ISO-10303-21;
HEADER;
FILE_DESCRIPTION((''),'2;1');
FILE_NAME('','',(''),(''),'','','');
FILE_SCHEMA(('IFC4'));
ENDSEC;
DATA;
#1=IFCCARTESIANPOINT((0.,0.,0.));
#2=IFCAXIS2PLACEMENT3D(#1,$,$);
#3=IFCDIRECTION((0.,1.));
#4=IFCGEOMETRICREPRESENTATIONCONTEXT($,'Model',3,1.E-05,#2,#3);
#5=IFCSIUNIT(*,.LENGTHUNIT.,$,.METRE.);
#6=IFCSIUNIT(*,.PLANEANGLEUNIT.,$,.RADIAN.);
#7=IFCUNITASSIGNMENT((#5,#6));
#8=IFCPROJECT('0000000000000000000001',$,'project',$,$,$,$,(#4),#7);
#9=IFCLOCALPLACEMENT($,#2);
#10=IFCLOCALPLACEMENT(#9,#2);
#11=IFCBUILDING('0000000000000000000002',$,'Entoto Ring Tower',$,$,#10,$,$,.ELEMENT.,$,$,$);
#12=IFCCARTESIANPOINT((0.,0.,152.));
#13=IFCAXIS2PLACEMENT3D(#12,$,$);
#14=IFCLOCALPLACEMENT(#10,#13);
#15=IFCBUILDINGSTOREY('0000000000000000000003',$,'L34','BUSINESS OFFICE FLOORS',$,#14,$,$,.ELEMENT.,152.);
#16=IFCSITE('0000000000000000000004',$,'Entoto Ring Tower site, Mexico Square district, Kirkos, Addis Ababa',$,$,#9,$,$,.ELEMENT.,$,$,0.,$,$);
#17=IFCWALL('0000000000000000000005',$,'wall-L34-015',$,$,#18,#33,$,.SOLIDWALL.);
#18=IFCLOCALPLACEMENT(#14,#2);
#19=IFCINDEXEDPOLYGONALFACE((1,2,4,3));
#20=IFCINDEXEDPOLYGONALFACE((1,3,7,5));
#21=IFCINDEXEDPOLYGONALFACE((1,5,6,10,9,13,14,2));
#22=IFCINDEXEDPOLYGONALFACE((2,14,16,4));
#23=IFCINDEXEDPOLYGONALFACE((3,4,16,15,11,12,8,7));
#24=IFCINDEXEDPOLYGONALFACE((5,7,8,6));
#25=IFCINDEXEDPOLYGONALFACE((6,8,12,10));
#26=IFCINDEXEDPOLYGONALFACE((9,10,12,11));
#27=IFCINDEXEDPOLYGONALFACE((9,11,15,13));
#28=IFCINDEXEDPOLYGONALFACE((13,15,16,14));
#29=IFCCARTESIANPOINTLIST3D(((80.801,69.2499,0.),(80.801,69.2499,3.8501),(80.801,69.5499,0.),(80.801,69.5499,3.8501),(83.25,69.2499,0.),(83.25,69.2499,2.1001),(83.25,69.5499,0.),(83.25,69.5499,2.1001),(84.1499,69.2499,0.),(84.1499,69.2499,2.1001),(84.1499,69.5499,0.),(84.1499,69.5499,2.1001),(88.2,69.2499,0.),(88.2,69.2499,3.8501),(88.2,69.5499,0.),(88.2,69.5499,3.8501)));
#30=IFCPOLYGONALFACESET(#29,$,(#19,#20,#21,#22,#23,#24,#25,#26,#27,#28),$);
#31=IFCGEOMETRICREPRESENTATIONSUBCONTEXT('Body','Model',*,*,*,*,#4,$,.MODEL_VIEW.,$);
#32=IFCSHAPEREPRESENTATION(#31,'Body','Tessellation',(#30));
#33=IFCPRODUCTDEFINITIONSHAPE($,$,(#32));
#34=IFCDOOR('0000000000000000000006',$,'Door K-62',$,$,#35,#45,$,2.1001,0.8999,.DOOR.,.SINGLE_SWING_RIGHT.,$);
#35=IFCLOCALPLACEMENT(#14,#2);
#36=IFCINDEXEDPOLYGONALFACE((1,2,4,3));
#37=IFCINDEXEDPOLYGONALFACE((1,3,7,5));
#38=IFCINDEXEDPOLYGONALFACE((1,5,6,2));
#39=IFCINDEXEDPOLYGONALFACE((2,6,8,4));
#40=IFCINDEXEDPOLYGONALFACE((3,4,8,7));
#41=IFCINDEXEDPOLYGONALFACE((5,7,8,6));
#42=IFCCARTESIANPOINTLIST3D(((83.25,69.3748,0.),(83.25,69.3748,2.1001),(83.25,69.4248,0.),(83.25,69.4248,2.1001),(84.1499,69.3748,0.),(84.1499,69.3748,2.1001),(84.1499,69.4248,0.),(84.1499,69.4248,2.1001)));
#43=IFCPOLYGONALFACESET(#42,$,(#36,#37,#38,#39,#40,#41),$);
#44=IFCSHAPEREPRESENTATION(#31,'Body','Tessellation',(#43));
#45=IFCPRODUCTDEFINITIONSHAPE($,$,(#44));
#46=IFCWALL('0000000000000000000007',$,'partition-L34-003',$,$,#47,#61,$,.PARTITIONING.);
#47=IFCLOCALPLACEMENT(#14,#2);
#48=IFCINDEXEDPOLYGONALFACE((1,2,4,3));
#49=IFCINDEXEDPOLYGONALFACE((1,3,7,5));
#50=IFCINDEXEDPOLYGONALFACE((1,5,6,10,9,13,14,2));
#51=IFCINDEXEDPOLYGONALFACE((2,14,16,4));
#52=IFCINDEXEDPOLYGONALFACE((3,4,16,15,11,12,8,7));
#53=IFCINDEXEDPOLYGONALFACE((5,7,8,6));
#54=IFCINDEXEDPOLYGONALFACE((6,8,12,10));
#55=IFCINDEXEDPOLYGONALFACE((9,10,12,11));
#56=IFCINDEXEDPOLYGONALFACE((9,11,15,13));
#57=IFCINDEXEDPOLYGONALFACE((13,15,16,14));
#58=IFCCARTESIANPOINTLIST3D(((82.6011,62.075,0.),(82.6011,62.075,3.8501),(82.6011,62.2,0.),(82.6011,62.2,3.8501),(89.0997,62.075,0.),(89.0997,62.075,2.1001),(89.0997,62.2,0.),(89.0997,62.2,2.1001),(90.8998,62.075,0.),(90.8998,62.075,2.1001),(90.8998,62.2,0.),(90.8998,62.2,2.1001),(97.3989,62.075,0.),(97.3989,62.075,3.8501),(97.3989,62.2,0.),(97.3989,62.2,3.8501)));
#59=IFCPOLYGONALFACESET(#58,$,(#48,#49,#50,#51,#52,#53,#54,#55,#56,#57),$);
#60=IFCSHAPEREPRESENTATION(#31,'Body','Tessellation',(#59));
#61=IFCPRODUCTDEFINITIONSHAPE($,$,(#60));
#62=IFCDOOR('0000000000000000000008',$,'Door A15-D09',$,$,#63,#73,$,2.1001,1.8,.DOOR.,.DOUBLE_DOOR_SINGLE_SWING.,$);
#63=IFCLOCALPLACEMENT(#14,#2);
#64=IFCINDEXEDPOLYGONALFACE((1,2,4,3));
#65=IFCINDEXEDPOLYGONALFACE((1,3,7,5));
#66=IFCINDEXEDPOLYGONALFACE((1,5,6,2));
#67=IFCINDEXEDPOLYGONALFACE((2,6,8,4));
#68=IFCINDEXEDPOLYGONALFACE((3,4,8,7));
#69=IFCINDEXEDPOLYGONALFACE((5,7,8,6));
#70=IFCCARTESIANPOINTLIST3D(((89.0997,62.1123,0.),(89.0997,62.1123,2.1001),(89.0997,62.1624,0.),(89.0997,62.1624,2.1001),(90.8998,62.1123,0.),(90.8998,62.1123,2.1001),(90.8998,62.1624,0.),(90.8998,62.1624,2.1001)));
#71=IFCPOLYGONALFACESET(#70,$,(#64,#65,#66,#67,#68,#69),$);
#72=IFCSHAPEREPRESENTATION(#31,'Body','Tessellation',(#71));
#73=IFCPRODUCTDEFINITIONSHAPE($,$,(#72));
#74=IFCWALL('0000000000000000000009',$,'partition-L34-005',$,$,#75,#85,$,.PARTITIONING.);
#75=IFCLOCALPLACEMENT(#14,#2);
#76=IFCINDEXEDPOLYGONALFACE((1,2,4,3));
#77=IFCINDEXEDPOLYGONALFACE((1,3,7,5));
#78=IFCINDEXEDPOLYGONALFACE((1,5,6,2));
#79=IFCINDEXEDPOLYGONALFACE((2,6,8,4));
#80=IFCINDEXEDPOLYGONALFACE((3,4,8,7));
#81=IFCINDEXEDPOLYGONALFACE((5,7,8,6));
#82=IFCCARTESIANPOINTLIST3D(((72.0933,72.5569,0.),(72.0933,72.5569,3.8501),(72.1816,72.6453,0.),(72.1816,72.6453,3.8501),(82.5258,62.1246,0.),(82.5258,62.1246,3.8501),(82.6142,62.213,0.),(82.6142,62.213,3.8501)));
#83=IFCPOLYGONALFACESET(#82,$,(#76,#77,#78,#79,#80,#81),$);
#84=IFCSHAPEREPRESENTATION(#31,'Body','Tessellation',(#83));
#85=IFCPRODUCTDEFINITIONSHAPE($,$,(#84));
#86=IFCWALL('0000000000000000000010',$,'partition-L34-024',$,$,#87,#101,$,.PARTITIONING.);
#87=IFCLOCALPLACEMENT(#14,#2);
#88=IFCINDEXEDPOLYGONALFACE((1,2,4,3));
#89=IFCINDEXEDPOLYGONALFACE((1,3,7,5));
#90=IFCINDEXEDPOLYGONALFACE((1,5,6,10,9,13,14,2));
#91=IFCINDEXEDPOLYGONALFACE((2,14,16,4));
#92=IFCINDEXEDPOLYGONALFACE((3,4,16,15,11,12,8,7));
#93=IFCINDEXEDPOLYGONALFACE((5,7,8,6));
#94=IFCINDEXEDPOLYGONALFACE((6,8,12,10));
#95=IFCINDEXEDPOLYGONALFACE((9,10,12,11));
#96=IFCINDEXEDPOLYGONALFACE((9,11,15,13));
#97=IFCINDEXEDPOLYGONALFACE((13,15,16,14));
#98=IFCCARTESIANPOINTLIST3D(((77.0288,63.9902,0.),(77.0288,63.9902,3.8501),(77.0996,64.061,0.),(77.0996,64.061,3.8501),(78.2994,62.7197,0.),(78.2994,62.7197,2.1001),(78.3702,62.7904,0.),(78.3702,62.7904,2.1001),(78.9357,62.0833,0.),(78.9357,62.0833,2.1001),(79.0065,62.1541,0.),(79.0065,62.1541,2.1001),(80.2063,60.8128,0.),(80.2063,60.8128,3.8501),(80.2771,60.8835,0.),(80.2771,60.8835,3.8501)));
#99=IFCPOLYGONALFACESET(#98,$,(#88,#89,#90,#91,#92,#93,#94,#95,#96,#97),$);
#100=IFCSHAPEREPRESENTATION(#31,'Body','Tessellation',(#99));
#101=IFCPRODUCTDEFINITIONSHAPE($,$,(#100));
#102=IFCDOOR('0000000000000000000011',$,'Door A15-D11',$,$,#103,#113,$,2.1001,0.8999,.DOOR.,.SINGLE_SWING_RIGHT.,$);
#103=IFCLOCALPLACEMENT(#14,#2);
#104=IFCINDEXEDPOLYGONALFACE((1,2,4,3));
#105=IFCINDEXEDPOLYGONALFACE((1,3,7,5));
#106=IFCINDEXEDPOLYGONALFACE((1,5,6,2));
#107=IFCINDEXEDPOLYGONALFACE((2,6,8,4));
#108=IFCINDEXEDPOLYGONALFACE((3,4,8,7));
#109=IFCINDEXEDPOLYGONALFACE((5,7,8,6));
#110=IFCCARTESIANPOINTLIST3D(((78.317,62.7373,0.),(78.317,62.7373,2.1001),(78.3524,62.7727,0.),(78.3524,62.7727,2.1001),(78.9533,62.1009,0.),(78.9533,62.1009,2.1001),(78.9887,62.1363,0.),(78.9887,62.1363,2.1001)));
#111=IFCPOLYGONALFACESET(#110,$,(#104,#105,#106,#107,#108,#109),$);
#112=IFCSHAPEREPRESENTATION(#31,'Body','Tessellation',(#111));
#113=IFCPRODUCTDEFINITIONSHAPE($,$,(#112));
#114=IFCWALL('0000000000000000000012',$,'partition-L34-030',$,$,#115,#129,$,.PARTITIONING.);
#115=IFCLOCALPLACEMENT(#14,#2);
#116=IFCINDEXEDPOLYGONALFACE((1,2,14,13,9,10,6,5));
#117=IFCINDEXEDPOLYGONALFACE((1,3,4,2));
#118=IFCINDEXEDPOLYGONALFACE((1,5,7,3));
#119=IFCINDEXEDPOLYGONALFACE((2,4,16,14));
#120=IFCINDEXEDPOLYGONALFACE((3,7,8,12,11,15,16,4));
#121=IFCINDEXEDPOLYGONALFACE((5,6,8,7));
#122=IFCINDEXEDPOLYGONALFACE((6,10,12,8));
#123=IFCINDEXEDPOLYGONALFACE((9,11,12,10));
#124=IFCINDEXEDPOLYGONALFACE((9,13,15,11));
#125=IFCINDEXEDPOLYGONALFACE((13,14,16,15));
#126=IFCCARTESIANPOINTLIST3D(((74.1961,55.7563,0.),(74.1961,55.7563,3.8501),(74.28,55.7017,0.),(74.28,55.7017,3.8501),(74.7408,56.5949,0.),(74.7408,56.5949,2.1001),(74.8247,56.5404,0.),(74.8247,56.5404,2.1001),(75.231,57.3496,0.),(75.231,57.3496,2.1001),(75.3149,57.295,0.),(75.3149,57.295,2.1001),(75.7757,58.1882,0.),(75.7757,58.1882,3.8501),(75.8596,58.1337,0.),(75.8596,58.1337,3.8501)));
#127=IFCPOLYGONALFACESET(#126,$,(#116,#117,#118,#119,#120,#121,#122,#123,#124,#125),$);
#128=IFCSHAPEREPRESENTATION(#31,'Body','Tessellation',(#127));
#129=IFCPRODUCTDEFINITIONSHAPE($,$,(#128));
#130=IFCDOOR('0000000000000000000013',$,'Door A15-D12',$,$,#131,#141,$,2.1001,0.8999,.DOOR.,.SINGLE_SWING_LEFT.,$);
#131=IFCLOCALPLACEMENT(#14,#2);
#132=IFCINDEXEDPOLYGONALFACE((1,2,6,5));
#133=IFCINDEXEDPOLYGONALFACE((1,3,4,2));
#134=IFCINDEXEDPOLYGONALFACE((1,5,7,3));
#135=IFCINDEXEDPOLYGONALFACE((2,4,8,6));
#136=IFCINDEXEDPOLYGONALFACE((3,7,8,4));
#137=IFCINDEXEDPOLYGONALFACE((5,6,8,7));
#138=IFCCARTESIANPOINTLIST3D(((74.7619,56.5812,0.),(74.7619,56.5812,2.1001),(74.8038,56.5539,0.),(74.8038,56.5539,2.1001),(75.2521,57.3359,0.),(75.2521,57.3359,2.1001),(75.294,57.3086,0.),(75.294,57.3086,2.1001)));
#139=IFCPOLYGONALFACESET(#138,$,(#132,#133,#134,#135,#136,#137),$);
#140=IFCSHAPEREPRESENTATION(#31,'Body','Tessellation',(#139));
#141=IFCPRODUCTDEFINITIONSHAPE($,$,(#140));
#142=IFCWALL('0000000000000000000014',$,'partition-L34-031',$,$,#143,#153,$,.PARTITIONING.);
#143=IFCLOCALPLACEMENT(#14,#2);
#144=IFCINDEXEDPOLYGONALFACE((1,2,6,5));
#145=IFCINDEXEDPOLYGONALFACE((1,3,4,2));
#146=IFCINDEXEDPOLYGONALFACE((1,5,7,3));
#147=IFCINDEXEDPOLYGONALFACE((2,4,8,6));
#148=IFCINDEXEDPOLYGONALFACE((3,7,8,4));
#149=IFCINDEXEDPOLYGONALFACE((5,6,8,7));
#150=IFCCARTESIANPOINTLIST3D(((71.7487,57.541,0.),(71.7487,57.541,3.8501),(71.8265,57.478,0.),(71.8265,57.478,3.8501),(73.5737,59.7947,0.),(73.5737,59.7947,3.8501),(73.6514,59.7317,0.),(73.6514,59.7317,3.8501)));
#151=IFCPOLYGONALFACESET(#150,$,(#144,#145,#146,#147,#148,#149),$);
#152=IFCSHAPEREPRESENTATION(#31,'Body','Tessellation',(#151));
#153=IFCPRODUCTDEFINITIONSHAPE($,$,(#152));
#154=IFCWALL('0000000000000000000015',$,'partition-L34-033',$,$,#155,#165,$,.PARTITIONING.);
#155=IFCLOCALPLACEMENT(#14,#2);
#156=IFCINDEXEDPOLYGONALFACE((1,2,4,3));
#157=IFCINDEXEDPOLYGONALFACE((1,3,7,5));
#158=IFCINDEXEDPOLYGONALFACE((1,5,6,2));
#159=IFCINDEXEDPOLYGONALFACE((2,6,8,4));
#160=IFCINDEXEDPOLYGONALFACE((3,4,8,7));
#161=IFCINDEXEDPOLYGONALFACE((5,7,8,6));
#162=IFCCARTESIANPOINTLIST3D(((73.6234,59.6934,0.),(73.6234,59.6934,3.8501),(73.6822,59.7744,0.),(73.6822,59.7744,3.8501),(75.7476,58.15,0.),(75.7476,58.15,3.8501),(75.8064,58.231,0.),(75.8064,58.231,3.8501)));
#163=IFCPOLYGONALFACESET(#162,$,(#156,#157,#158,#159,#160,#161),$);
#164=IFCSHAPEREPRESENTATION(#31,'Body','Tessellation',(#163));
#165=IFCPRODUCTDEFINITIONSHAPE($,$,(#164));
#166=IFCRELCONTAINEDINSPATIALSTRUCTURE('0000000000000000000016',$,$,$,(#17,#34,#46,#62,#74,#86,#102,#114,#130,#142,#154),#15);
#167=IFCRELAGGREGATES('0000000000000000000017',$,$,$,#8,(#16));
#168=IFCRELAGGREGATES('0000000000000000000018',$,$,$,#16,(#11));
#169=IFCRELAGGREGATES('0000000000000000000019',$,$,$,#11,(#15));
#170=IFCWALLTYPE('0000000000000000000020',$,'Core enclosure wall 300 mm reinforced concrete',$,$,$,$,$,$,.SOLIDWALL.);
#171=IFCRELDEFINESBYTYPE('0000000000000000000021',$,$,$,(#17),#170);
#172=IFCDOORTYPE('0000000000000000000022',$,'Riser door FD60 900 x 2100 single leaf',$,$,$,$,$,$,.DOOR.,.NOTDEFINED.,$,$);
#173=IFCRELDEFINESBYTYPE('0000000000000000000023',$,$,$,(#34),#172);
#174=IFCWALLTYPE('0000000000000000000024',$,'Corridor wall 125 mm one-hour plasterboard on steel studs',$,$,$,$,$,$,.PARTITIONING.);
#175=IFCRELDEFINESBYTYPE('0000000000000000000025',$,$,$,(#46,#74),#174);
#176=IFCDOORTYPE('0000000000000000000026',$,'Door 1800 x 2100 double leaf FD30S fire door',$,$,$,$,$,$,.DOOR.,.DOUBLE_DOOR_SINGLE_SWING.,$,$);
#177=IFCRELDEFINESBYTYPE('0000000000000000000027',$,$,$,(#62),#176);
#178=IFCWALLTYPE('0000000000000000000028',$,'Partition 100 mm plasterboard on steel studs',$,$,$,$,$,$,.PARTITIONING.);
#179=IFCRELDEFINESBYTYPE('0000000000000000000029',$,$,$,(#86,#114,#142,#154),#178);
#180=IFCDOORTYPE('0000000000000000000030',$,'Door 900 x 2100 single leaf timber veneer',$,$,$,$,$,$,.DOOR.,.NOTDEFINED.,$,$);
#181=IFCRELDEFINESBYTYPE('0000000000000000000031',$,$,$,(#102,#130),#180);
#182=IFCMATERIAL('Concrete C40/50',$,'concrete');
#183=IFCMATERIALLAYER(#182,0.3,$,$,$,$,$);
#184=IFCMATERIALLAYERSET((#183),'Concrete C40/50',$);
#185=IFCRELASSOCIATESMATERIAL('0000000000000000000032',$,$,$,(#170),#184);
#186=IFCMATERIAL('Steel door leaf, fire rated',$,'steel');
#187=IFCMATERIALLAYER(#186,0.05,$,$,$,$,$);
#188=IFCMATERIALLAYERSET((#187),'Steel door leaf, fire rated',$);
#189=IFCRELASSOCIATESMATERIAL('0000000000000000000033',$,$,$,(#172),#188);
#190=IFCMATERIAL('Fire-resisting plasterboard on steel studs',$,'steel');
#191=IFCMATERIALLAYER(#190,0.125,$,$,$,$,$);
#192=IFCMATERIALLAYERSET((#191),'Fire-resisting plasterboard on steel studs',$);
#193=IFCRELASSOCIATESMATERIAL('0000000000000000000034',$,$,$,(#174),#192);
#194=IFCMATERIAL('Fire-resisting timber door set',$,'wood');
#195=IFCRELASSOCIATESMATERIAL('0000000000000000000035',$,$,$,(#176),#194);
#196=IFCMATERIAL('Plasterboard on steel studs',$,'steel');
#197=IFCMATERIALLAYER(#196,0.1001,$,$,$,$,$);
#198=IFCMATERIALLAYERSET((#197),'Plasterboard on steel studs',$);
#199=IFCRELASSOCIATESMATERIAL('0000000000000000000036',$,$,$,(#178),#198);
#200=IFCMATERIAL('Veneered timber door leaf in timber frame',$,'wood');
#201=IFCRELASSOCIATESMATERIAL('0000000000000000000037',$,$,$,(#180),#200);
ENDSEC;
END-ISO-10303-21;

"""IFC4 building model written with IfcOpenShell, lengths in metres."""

from ifc_helpers import new_model, si_unit, direction, frame, frame_2d, origin, place, context, subcontext, project, spatial, rectangle, extrude, material, layer, layer_set, type_object, element, fill, save


model = new_model("IFC4")

# Units and contexts
model_context = context("Model", 3, precision=1e-05, world=origin(), true_north=direction((0.0, 1.0)))
body_context = subcontext(model_context, "Body", "Model", "MODEL_VIEW")
ifc_project = project(units=[si_unit("LENGTHUNIT", "METRE"), si_unit("PLANEANGLEUNIT", "RADIAN")], contexts=[model_context])

# Site, building, storey
site_placement = place(None, origin())
site = spatial("IfcSite", under=ifc_project, at=site_placement, Name="Entoto Ring Tower site, Mexico Square district, Kirkos, Addis Ababa", CompositionType="ELEMENT", RefElevation=0.0)
building_placement = place(site_placement, origin())
building = spatial("IfcBuilding", under=site, at=building_placement, Name="Entoto Ring Tower", CompositionType="ELEMENT")
storey_placement = place(building_placement, frame((0.0, 0.0, 152.0)))
storey = spatial("IfcBuildingStorey", under=building, at=storey_placement, Name="L34", Description="BUSINESS OFFICE FLOORS", CompositionType="ELEMENT", Elevation=152.0)

# Walls, openings, doors
ifc_material_1 = material(Name="Concrete C40/50", Category="concrete")
ifc_layer_1 = layer(ifc_material_1, 0.3)
ifc_layer_set_1 = layer_set([ifc_layer_1], Name="Concrete C40/50")
wall_type_1 = type_object("IfcWallType", Name="Core enclosure wall 300 mm reinforced concrete", PredefinedType="SOLIDWALL", material=ifc_layer_set_1)
wall_1_placement = place(storey_placement, frame((80.801, 69.3999, 0.0), z_axis=(0.0, 0.0, 1.0), x_axis=(1.0, 0.0, 0.0)))
wall_1 = element("IfcWall", 1, at=wall_1_placement, inside=storey, type_object=wall_type_1, Name="wall-L34-015", PredefinedType="SOLIDWALL", context=body_context, shape_type="SweptSolid", body=[
    extrude(rectangle(XDim=7.3989, YDim=0.3, at=frame_2d((3.6995, 0.0))), origin(), (0.0, 0.0, 1.0), 3.8501),
])
opening_1_placement = place(wall_1_placement, frame((2.449, 0.0, 0.0)))
opening_1 = element("IfcOpeningElement", 2, at=opening_1_placement, cuts=wall_1, PredefinedType="OPENING", context=body_context, shape_type="SweptSolid", body=[
    extrude(rectangle(XDim=0.8999, YDim=2.1001, at=frame_2d((0.45, 1.05))), frame((0.0, 0.1602, 0.0), z_axis=(0.0, -1.0, 0.0), x_axis=(1.0, 0.0, 0.0)), (0.0, 0.0, 1.0), 0.3201),
])
ifc_material_2 = material(Name="Steel door leaf, fire rated", Category="steel")
ifc_layer_2 = layer(ifc_material_2, 0.05)
ifc_layer_set_2 = layer_set([ifc_layer_2], Name="Steel door leaf, fire rated")
door_type_1 = type_object("IfcDoorType", Name="Riser door FD60 900 x 2100 single leaf", OperationType="NOTDEFINED", PredefinedType="DOOR", material=ifc_layer_set_2)
door_1_placement = place(opening_1_placement, origin())
door_1 = element("IfcDoor", 3, at=door_1_placement, inside=storey, type_object=door_type_1, Name="Door K-62", OperationType="SINGLE_SWING_RIGHT", OverallHeight=2.1001, OverallWidth=0.8999, PredefinedType="DOOR", context=body_context, shape_type="SweptSolid", body=[
    extrude(rectangle(XDim=0.8999, YDim=2.1001, at=frame_2d((0.45, 1.05))), frame((0.0, 0.0249, 0.0), z_axis=(0.0, -1.0, 0.0), x_axis=(1.0, 0.0, 0.0)), (0.0, 0.0, 1.0), 0.05),
])
fill(opening_1, door_1)
ifc_material_3 = material(Name="Fire-resisting plasterboard on steel studs", Category="steel")
ifc_layer_3 = layer(ifc_material_3, 0.125)
ifc_layer_set_3 = layer_set([ifc_layer_3], Name="Fire-resisting plasterboard on steel studs")
wall_type_2 = type_object("IfcWallType", Name="Corridor wall 125 mm one-hour plasterboard on steel studs", PredefinedType="PARTITIONING", material=ifc_layer_set_3)
wall_2_placement = place(storey_placement, frame((82.6011, 62.1375, 0.0), z_axis=(0.0, 0.0, 1.0), x_axis=(1.0, 0.0, 0.0)))
wall_2 = element("IfcWall", 4, at=wall_2_placement, inside=storey, type_object=wall_type_2, Name="partition-L34-003", PredefinedType="PARTITIONING", context=body_context, shape_type="SweptSolid", body=[
    extrude(rectangle(XDim=14.7979, YDim=0.125, at=frame_2d((7.3989, 0.0))), origin(), (0.0, 0.0, 1.0), 3.8501),
])
opening_2_placement = place(wall_2_placement, frame((6.4988, 0.0, 0.0)))
opening_2 = element("IfcOpeningElement", 5, at=opening_2_placement, cuts=wall_2, PredefinedType="OPENING", context=body_context, shape_type="SweptSolid", body=[
    extrude(rectangle(XDim=1.8, YDim=2.1001, at=frame_2d((0.8999, 1.05))), frame((0.0, 0.0725, 0.0), z_axis=(0.0, -1.0, 0.0), x_axis=(1.0, 0.0, 0.0)), (0.0, 0.0, 1.0), 0.145),
])
ifc_material_4 = material(Name="Fire-resisting timber door set", Category="wood")
door_type_2 = type_object("IfcDoorType", Name="Door 1800 x 2100 double leaf FD30S fire door", OperationType="DOUBLE_DOOR_SINGLE_SWING", PredefinedType="DOOR", material=ifc_material_4)
door_2_placement = place(opening_2_placement, origin())
door_2 = element("IfcDoor", 6, at=door_2_placement, inside=storey, type_object=door_type_2, Name="Door A15-D09", OperationType="DOUBLE_DOOR_SINGLE_SWING", OverallHeight=2.1001, OverallWidth=1.8, PredefinedType="DOOR", context=body_context, shape_type="SweptSolid", body=[
    extrude(rectangle(XDim=1.8, YDim=2.1001, at=frame_2d((0.8999, 1.05))), frame((0.0, 0.0249, 0.0), z_axis=(0.0, -1.0, 0.0), x_axis=(1.0, 0.0, 0.0)), (0.0, 0.0, 1.0), 0.05),
])
fill(opening_2, door_2)

# Wall
wall_3_placement = place(storey_placement, frame((82.5701, 62.1687, 0.0), z_axis=(0.0, 0.0, 1.0), x_axis=(-0.707115, 0.707099, 0.0)))
element("IfcWall", 7, at=wall_3_placement, inside=storey, type_object=wall_type_2, Name="partition-L34-005", PredefinedType="PARTITIONING", context=body_context, shape_type="SweptSolid", body=[
    extrude(rectangle(XDim=14.7537, YDim=0.125, at=frame_2d((7.377, 0.0))), origin(), (0.0, 0.0, 1.0), 3.8501),
])

# Walls, openings, doors
ifc_material_5 = material(Name="Plasterboard on steel studs", Category="steel")
ifc_layer_4 = layer(ifc_material_5, 0.1001)
ifc_layer_set_4 = layer_set([ifc_layer_4], Name="Plasterboard on steel studs")
wall_type_3 = type_object("IfcWallType", Name="Partition 100 mm plasterboard on steel studs", PredefinedType="PARTITIONING", material=ifc_layer_set_4)
wall_4_placement = place(storey_placement, frame((80.2417, 60.8481, 0.0), z_axis=(0.0, 0.0, 1.0), x_axis=(-0.707107, 0.707107, 0.0)))
wall_4 = element("IfcWall", 8, at=wall_4_placement, inside=storey, type_object=wall_type_3, Name="partition-L34-024", PredefinedType="PARTITIONING", context=body_context, shape_type="SweptSolid", body=[
    extrude(rectangle(XDim=4.4937, YDim=0.1001, at=frame_2d((2.2468, 0.0))), origin(), (0.0, 0.0, 1.0), 3.8501),
])
opening_3_placement = place(wall_4_placement, frame((1.7969, 0.0, 0.0)))
opening_3 = element("IfcOpeningElement", 9, at=opening_3_placement, cuts=wall_4, PredefinedType="OPENING", context=body_context, shape_type="SweptSolid", body=[
    extrude(rectangle(XDim=0.8999, YDim=2.1001, at=frame_2d((0.45, 1.05))), frame((0.0, 0.0601, 0.0), z_axis=(0.0, -1.0, 0.0), x_axis=(1.0, 0.0, 0.0)), (0.0, 0.0, 1.0), 0.1201),
])
ifc_material_6 = material(Name="Veneered timber door leaf in timber frame", Category="wood")
door_type_3 = type_object("IfcDoorType", Name="Door 900 x 2100 single leaf timber veneer", OperationType="NOTDEFINED", PredefinedType="DOOR", material=ifc_material_6)
door_3_placement = place(opening_3_placement, frame((0.8999, 0.0, 0.0), z_axis=(0.0, 0.0, 1.0), x_axis=(-1.0, 0.0, 0.0)))
door_3 = element("IfcDoor", 10, at=door_3_placement, inside=storey, type_object=door_type_3, Name="Door A15-D11", OperationType="SINGLE_SWING_RIGHT", OverallHeight=2.1001, OverallWidth=0.8999, PredefinedType="DOOR", context=body_context, shape_type="SweptSolid", body=[
    extrude(rectangle(XDim=0.8999, YDim=2.1001, at=frame_2d((0.45, 1.05))), frame((0.0, 0.0249, 0.0), z_axis=(0.0, -1.0, 0.0), x_axis=(1.0, 0.0, 0.0)), (0.0, 0.0, 1.0), 0.05),
])
fill(opening_3, door_3)
wall_5_placement = place(storey_placement, frame((74.238, 55.729, 0.0), z_axis=(0.0, 0.0, 1.0), x_axis=(0.544713, 0.838622, 0.0)))
wall_5 = element("IfcWall", 11, at=wall_5_placement, inside=storey, type_object=wall_type_3, Name="partition-L34-030", PredefinedType="PARTITIONING", context=body_context, shape_type="SweptSolid", body=[
    extrude(rectangle(XDim=2.8999, YDim=0.1001, at=frame_2d((1.45, 0.0))), origin(), (0.0, 0.0, 1.0), 3.8501),
])
opening_4_placement = place(wall_5_placement, frame((1.0, 0.0, 0.0)))
opening_4 = element("IfcOpeningElement", 12, at=opening_4_placement, cuts=wall_5, PredefinedType="OPENING", context=body_context, shape_type="SweptSolid", body=[
    extrude(rectangle(XDim=0.8999, YDim=2.1001, at=frame_2d((0.45, 1.05))), frame((0.0, 0.0601, 0.0), z_axis=(0.0, -1.0, 0.0), x_axis=(1.0, 0.0, 0.0)), (0.0, 0.0, 1.0), 0.1201),
])
door_4_placement = place(opening_4_placement, origin())
door_4 = element("IfcDoor", 13, at=door_4_placement, inside=storey, type_object=door_type_3, Name="Door A15-D12", OperationType="SINGLE_SWING_LEFT", OverallHeight=2.1001, OverallWidth=0.8999, PredefinedType="DOOR", context=body_context, shape_type="SweptSolid", body=[
    extrude(rectangle(XDim=0.8999, YDim=2.1001, at=frame_2d((0.45, 1.05))), frame((0.0, 0.0249, 0.0), z_axis=(0.0, -1.0, 0.0), x_axis=(1.0, 0.0, 0.0)), (0.0, 0.0, 1.0), 0.05),
])
fill(opening_4, door_4)

# Walls
wall_6_placement = place(storey_placement, frame((71.7876, 57.5095, 0.0), z_axis=(0.0, 0.0, 1.0), x_axis=(0.629314, 0.777151, 0.0)))
element("IfcWall", 14, at=wall_6_placement, inside=storey, type_object=wall_type_3, Name="partition-L34-031", PredefinedType="PARTITIONING", context=body_context, shape_type="SweptSolid", body=[
    extrude(rectangle(XDim=2.8999, YDim=0.1001, at=frame_2d((1.45, 0.0))), origin(), (0.0, 0.0, 1.0), 3.8501),
])
wall_7_placement = place(storey_placement, frame((75.7771, 58.1904, 0.0), z_axis=(0.0, 0.0, 1.0), x_axis=(-0.809001, 0.587807, 0.0)))
element("IfcWall", 15, at=wall_7_placement, inside=storey, type_object=wall_type_3, Name="partition-L34-033", PredefinedType="PARTITIONING", context=body_context, shape_type="SweptSolid", body=[
    extrude(rectangle(XDim=2.6257, YDim=0.1001, at=frame_2d((1.313, 0.0))), origin(), (0.0, 0.0, 1.0), 3.8501),
])

save(model, "model.ifc")
